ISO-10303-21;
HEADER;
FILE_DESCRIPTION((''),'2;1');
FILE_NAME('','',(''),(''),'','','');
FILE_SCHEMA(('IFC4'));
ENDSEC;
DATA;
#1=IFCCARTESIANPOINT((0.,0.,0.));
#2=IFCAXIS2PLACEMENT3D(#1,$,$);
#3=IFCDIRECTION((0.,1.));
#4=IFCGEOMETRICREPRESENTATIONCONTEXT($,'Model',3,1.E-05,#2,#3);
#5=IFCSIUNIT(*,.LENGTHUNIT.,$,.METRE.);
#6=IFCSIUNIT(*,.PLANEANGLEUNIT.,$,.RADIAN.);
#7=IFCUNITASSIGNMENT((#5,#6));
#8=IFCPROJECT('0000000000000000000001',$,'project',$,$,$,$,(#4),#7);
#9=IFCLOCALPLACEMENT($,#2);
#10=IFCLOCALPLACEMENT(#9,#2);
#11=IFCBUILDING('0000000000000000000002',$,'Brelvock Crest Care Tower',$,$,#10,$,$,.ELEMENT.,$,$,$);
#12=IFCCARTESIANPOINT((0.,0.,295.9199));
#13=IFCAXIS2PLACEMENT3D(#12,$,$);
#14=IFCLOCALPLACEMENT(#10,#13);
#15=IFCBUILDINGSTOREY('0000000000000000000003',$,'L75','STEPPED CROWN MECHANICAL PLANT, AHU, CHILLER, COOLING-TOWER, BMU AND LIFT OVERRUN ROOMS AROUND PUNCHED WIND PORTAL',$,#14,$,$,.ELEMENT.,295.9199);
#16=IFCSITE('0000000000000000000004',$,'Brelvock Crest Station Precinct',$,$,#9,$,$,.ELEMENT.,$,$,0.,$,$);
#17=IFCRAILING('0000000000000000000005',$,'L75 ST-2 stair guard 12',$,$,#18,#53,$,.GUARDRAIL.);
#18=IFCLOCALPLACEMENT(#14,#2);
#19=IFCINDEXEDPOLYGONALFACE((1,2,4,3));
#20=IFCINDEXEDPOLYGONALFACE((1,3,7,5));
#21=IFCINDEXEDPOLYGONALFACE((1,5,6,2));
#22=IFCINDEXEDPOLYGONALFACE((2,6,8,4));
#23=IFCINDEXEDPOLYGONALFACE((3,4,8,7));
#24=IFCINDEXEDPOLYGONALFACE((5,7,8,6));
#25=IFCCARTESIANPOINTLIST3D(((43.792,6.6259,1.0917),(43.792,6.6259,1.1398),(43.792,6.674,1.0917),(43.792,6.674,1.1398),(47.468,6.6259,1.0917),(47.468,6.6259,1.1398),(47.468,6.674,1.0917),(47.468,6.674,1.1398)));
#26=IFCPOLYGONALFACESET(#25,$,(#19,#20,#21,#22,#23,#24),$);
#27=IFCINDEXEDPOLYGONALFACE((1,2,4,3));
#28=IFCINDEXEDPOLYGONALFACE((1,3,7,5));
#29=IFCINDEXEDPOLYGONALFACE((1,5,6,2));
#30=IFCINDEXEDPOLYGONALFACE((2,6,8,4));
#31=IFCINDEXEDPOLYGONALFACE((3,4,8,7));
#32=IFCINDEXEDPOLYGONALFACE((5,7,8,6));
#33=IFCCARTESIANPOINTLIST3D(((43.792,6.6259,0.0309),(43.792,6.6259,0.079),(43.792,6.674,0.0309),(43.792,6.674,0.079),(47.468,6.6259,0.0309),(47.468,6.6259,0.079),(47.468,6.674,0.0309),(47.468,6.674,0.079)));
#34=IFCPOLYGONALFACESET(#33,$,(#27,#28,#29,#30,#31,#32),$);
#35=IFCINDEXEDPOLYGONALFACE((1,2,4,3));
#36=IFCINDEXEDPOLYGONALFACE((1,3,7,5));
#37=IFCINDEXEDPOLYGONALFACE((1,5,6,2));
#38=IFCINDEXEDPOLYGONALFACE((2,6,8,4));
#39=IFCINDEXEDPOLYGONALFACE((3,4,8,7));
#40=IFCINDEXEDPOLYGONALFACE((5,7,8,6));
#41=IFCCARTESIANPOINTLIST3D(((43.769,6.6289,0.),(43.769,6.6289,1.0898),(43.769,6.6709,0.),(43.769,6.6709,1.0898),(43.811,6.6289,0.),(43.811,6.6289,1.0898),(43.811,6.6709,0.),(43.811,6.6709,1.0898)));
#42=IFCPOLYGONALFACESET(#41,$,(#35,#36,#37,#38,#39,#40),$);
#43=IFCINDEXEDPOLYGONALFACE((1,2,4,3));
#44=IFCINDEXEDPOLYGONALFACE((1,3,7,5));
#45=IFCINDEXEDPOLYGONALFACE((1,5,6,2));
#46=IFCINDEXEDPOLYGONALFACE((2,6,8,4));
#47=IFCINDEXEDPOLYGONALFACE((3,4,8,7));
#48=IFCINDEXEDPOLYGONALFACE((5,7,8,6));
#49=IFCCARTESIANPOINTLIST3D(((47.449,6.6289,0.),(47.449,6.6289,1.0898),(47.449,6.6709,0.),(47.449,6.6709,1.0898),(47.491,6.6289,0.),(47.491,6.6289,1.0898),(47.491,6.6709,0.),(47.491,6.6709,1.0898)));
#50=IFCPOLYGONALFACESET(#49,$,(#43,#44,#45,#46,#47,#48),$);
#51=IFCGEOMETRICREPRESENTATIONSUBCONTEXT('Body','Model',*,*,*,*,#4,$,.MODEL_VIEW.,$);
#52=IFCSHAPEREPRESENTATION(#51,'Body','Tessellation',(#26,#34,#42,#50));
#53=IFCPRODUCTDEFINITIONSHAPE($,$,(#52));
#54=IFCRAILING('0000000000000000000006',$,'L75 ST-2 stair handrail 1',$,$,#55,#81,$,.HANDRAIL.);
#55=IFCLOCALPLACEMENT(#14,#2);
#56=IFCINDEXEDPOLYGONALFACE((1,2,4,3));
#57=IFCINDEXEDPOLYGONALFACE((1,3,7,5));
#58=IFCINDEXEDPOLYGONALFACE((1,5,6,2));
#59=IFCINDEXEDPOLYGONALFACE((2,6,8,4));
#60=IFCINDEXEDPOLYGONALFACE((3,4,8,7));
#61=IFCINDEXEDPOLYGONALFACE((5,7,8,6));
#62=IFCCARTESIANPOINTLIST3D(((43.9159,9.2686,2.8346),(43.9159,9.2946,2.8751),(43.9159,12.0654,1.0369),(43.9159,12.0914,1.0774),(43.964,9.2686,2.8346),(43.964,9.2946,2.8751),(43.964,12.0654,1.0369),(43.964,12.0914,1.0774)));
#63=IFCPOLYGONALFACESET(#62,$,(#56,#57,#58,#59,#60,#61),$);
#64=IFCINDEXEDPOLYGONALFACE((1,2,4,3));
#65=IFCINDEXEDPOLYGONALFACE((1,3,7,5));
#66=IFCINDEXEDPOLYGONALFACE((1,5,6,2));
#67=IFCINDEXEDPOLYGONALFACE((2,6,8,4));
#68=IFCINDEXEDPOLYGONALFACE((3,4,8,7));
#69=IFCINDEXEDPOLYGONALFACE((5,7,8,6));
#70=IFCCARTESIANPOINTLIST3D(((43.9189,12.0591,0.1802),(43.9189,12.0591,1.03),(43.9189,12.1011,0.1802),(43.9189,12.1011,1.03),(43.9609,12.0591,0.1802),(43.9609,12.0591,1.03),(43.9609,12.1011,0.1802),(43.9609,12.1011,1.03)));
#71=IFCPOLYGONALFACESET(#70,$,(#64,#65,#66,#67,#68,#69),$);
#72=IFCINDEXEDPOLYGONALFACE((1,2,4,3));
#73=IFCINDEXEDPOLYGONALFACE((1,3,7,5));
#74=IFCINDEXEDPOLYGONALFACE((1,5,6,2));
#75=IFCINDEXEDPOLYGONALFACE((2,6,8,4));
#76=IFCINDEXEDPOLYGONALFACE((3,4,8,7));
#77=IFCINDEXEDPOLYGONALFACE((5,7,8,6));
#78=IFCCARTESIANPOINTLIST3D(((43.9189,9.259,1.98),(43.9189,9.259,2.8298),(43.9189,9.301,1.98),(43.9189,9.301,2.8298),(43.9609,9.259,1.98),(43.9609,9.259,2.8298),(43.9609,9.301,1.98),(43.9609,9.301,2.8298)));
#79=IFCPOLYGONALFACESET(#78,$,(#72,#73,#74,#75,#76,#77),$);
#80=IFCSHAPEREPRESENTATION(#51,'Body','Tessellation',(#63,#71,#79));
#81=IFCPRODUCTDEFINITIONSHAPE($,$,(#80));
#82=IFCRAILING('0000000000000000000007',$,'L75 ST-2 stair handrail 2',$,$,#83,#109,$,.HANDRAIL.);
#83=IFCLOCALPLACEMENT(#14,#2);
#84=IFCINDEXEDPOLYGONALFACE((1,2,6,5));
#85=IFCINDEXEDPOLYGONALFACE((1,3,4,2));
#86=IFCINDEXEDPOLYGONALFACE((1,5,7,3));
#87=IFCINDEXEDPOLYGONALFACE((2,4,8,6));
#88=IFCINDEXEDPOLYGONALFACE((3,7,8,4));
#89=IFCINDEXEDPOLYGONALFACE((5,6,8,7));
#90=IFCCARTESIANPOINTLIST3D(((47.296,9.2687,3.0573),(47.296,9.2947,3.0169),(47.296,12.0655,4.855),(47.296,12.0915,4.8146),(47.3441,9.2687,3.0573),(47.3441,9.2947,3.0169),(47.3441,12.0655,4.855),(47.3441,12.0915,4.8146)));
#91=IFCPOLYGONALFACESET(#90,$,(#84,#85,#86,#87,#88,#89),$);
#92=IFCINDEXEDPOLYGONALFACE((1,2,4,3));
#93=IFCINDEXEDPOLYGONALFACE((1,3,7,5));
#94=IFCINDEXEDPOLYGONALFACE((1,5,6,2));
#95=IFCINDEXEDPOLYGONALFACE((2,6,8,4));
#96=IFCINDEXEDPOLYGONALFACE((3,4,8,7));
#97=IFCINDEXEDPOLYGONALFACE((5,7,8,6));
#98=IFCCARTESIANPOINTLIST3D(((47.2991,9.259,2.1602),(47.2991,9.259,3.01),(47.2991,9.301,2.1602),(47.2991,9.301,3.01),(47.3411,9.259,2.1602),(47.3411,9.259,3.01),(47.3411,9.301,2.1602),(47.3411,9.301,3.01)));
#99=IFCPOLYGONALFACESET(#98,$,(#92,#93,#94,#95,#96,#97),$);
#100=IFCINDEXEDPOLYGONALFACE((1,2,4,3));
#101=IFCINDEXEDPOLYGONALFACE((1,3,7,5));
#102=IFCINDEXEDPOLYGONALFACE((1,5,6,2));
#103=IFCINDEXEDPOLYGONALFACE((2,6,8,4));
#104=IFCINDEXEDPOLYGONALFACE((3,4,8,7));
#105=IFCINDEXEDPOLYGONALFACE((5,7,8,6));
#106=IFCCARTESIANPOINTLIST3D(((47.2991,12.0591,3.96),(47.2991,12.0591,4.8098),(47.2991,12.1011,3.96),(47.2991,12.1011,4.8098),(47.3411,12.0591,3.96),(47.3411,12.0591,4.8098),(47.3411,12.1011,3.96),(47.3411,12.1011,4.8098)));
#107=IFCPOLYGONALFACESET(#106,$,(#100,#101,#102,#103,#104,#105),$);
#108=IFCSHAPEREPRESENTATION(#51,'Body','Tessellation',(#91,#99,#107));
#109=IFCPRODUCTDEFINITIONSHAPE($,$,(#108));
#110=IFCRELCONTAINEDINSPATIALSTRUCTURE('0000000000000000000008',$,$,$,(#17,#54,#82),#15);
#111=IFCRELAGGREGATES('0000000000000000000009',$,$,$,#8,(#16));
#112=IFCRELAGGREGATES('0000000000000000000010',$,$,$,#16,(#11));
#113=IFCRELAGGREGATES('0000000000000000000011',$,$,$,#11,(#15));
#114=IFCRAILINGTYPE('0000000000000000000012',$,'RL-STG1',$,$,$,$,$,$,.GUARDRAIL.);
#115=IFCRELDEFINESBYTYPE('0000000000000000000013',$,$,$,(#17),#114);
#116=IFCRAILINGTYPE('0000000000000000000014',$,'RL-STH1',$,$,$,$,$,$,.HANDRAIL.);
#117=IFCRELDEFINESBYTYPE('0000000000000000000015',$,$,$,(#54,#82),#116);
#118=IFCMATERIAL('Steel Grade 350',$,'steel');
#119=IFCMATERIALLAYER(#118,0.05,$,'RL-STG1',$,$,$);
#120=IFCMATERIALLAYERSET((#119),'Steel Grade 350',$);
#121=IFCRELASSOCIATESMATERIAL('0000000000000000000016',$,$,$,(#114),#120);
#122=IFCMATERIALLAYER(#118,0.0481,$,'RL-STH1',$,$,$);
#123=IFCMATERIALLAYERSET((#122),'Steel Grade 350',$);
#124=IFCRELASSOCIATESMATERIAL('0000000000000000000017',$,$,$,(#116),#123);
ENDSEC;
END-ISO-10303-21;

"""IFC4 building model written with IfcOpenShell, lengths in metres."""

from ifc_helpers import new_model, si_unit, direction, frame, origin, origin_2d, place, context, subcontext, project, spatial, rectangle, extrude, material, layer, layer_set, type_object, element, save


model = new_model("IFC4")

# Units and contexts
model_context = context("Model", 3, precision=1e-05, world=origin(), true_north=direction((0.0, 1.0)))
body_context = subcontext(model_context, "Body", "Model", "MODEL_VIEW")
ifc_project = project(units=[si_unit("LENGTHUNIT", "METRE"), si_unit("PLANEANGLEUNIT", "RADIAN")], contexts=[model_context])

# Site, building, storey
site_placement = place(None, origin())
site = spatial("IfcSite", under=ifc_project, at=site_placement, Name="Brelvock Crest Station Precinct", CompositionType="ELEMENT", RefElevation=0.0)
building_placement = place(site_placement, origin())
building = spatial("IfcBuilding", under=site, at=building_placement, Name="Brelvock Crest Care Tower", CompositionType="ELEMENT")
storey_placement = place(building_placement, frame((0.0, 0.0, 295.9199)))
storey = spatial("IfcBuildingStorey", under=building, at=storey_placement, Name="L75", Description="STEPPED CROWN MECHANICAL PLANT, AHU, CHILLER, COOLING-TOWER, BMU AND LIFT OVERRUN ROOMS AROUND PUNCHED WIND PORTAL", CompositionType="ELEMENT", Elevation=295.9199)

# Shared definitions
ifc_material_1 = material(Name="Steel Grade 350", Category="steel")

# Railings
ifc_layer_1 = layer(ifc_material_1, 0.05, Name="RL-STG1")
ifc_layer_set_1 = layer_set([ifc_layer_1], Name="Steel Grade 350")
railing_type_1 = type_object("IfcRailingType", Name="RL-STG1", PredefinedType="GUARDRAIL", material=ifc_layer_set_1)
railing_1_placement = place(storey_placement, frame((43.79, 6.6499, 0.0)))
element("IfcRailing", 1, at=railing_1_placement, inside=storey, type_object=railing_type_1, Name="L75 ST-2 stair guard 12", PredefinedType="GUARDRAIL", context=body_context, shape_type="SweptSolid", body=[
    extrude(rectangle(XDim=0.0481, YDim=0.0481, at=origin_2d()), frame((0.002, 0.0, 1.1157), z_axis=(1.0, 0.0, 0.0), x_axis=(0.0, 1.0, 0.0)), (0.0, 0.0, 1.0), 3.676),
    extrude(rectangle(XDim=0.0481, YDim=0.0481, at=origin_2d()), frame((0.002, 0.0, 0.0549), z_axis=(1.0, 0.0, 0.0), x_axis=(0.0, 1.0, 0.0)), (0.0, 0.0, 1.0), 3.676),
    extrude(rectangle(XDim=0.042, YDim=0.042, at=origin_2d()), origin(), (0.0, 0.0, 1.0), 1.0898),
    extrude(rectangle(XDim=0.042, YDim=0.042, at=origin_2d()), frame((3.6799, 0.0, 0.0)), (0.0, 0.0, 1.0), 1.0898),
])
ifc_layer_2 = layer(ifc_material_1, 0.0481, Name="RL-STH1")
ifc_layer_set_2 = layer_set([ifc_layer_2], Name="Steel Grade 350")
railing_type_2 = type_object("IfcRailingType", Name="RL-STH1", PredefinedType="HANDRAIL", material=ifc_layer_set_2)
railing_2_placement = place(storey_placement, frame((43.9399, 12.0801, 0.1802)))
element("IfcRailing", 2, at=railing_2_placement, inside=storey, type_object=railing_type_2, Name="L75 ST-2 stair handrail 1", PredefinedType="HANDRAIL", context=body_context, shape_type="SweptSolid", body=[
    extrude(rectangle(XDim=0.0481, YDim=0.0481, at=origin_2d()), frame((0.0, -0.0017, 0.877), z_axis=(0.0, -0.841209, 0.540709), x_axis=(1.0, 0.0, 0.0)), (0.0, 0.0, 1.0), 3.3247),
    extrude(rectangle(XDim=0.042, YDim=0.042, at=origin_2d()), origin(), (0.0, 0.0, 1.0), 0.8499),
    extrude(rectangle(XDim=0.042, YDim=0.042, at=origin_2d()), frame((0.0, -2.8, 1.7998)), (0.0, 0.0, 1.0), 0.8499),
])
railing_3_placement = place(storey_placement, frame((47.3201, 9.28, 2.1602)))
element("IfcRailing", 3, at=railing_3_placement, inside=storey, type_object=railing_type_2, Name="L75 ST-2 stair handrail 2", PredefinedType="HANDRAIL", context=body_context, shape_type="SweptSolid", body=[
    extrude(rectangle(XDim=0.0481, YDim=0.0481, at=origin_2d()), frame((0.0, 0.0017, 0.877), z_axis=(0.0, 0.841209, 0.540709), x_axis=(-1.0, 0.0, 0.0)), (0.0, 0.0, 1.0), 3.3247),
    extrude(rectangle(XDim=0.042, YDim=0.042, at=origin_2d()), origin(), (0.0, 0.0, 1.0), 0.8499),
    extrude(rectangle(XDim=0.042, YDim=0.042, at=origin_2d()), frame((0.0, 2.8, 1.7998)), (0.0, 0.0, 1.0), 0.8499),
])

save(model, "model.ifc")
